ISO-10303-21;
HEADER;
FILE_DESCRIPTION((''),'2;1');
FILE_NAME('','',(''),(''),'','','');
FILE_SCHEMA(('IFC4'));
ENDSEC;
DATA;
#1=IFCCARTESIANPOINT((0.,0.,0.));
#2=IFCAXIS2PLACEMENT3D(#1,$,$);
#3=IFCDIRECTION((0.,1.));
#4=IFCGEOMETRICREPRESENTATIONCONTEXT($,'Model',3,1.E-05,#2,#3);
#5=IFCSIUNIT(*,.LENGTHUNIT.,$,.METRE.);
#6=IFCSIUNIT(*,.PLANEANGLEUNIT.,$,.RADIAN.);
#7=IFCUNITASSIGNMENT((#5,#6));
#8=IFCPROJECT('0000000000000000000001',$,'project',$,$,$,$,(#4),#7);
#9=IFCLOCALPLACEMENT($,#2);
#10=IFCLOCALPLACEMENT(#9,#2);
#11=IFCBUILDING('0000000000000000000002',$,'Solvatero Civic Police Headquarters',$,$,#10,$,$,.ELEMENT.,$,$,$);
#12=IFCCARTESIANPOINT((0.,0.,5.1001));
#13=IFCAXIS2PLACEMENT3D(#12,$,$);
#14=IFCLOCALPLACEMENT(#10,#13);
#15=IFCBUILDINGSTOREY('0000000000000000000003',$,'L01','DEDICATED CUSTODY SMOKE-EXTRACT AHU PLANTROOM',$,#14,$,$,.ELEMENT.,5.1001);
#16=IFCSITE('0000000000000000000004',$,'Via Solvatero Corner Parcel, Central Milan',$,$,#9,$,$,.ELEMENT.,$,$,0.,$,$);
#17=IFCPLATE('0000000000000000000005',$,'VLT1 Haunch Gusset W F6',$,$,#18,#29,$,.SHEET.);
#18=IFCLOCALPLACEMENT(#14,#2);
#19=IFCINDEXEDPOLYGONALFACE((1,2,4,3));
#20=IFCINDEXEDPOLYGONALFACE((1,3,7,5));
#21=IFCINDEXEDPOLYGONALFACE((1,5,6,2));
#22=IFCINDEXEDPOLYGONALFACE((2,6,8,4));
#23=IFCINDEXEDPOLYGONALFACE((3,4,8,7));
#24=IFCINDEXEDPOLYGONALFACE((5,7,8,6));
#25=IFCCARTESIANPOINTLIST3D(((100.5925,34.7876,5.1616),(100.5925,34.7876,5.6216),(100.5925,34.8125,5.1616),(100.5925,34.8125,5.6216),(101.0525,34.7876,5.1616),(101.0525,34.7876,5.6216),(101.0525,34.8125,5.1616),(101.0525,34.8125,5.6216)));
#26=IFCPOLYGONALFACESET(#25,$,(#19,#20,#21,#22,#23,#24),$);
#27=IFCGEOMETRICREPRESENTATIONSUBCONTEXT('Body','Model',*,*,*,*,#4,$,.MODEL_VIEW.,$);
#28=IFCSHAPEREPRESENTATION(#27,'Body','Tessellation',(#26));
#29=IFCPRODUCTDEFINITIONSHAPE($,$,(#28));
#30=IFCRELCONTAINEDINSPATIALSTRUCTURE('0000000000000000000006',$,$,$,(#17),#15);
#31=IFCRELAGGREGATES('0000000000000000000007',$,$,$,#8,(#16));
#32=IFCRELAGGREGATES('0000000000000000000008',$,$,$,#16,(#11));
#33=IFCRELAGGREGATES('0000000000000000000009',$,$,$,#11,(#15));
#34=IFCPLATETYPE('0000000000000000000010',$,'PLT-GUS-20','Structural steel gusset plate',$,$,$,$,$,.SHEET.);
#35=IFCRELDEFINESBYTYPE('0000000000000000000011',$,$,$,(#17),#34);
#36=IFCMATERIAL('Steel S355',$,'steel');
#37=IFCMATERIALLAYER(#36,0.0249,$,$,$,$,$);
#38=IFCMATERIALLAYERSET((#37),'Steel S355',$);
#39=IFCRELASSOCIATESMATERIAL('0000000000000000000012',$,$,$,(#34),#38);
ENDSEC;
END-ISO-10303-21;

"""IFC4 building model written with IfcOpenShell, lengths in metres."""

from ifc_helpers import new_model, si_unit, direction, frame, origin, origin_2d, place, context, subcontext, project, spatial, rectangle, extrude, material, layer, layer_set, type_object, element, save


model = new_model("IFC4")

# Units and contexts
model_context = context("Model", 3, precision=1e-05, world=origin(), true_north=direction((0.0, 1.0)))
body_context = subcontext(model_context, "Body", "Model", "MODEL_VIEW")
ifc_project = project(units=[si_unit("LENGTHUNIT", "METRE"), si_unit("PLANEANGLEUNIT", "RADIAN")], contexts=[model_context])

# Site, building, storey
site_placement = place(None, origin())
site = spatial("IfcSite", under=ifc_project, at=site_placement, Name="Via Solvatero Corner Parcel, Central Milan", CompositionType="ELEMENT", RefElevation=0.0)
building_placement = place(site_placement, origin())
building = spatial("IfcBuilding", under=site, at=building_placement, Name="Solvatero Civic Police Headquarters", CompositionType="ELEMENT")
storey_placement = place(building_placement, frame((0.0, 0.0, 5.1001)))
storey = spatial("IfcBuildingStorey", under=building, at=storey_placement, Name="L01", Description="DEDICATED CUSTODY SMOKE-EXTRACT AHU PLANTROOM", CompositionType="ELEMENT", Elevation=5.1001)

# Shared definitions
ifc_material_1 = material(Name="Steel S355", Category="steel")

# Plate
ifc_layer_1 = layer(ifc_material_1, 0.0249)
ifc_layer_set_1 = layer_set([ifc_layer_1], Name="Steel S355")
plate_type_1 = type_object("IfcPlateType", Name="PLT-GUS-20", Description="Structural steel gusset plate", PredefinedType="SHEET", material=ifc_layer_set_1)
plate_1_placement = place(storey_placement, frame((100.8225, 34.8, 5.1616), z_axis=(0.0, 0.0, 1.0), x_axis=(1.0, 0.0, 0.0)))
element("IfcPlate", 1, at=plate_1_placement, inside=storey, type_object=plate_type_1, Name="VLT1 Haunch Gusset W F6", PredefinedType="SHEET", context=body_context, shape_type="SweptSolid", body=[
    extrude(rectangle(XDim=0.46, YDim=0.0249, at=origin_2d()), origin(), (0.0, 0.0, 1.0), 0.46),
])

save(model, "model.ifc")
